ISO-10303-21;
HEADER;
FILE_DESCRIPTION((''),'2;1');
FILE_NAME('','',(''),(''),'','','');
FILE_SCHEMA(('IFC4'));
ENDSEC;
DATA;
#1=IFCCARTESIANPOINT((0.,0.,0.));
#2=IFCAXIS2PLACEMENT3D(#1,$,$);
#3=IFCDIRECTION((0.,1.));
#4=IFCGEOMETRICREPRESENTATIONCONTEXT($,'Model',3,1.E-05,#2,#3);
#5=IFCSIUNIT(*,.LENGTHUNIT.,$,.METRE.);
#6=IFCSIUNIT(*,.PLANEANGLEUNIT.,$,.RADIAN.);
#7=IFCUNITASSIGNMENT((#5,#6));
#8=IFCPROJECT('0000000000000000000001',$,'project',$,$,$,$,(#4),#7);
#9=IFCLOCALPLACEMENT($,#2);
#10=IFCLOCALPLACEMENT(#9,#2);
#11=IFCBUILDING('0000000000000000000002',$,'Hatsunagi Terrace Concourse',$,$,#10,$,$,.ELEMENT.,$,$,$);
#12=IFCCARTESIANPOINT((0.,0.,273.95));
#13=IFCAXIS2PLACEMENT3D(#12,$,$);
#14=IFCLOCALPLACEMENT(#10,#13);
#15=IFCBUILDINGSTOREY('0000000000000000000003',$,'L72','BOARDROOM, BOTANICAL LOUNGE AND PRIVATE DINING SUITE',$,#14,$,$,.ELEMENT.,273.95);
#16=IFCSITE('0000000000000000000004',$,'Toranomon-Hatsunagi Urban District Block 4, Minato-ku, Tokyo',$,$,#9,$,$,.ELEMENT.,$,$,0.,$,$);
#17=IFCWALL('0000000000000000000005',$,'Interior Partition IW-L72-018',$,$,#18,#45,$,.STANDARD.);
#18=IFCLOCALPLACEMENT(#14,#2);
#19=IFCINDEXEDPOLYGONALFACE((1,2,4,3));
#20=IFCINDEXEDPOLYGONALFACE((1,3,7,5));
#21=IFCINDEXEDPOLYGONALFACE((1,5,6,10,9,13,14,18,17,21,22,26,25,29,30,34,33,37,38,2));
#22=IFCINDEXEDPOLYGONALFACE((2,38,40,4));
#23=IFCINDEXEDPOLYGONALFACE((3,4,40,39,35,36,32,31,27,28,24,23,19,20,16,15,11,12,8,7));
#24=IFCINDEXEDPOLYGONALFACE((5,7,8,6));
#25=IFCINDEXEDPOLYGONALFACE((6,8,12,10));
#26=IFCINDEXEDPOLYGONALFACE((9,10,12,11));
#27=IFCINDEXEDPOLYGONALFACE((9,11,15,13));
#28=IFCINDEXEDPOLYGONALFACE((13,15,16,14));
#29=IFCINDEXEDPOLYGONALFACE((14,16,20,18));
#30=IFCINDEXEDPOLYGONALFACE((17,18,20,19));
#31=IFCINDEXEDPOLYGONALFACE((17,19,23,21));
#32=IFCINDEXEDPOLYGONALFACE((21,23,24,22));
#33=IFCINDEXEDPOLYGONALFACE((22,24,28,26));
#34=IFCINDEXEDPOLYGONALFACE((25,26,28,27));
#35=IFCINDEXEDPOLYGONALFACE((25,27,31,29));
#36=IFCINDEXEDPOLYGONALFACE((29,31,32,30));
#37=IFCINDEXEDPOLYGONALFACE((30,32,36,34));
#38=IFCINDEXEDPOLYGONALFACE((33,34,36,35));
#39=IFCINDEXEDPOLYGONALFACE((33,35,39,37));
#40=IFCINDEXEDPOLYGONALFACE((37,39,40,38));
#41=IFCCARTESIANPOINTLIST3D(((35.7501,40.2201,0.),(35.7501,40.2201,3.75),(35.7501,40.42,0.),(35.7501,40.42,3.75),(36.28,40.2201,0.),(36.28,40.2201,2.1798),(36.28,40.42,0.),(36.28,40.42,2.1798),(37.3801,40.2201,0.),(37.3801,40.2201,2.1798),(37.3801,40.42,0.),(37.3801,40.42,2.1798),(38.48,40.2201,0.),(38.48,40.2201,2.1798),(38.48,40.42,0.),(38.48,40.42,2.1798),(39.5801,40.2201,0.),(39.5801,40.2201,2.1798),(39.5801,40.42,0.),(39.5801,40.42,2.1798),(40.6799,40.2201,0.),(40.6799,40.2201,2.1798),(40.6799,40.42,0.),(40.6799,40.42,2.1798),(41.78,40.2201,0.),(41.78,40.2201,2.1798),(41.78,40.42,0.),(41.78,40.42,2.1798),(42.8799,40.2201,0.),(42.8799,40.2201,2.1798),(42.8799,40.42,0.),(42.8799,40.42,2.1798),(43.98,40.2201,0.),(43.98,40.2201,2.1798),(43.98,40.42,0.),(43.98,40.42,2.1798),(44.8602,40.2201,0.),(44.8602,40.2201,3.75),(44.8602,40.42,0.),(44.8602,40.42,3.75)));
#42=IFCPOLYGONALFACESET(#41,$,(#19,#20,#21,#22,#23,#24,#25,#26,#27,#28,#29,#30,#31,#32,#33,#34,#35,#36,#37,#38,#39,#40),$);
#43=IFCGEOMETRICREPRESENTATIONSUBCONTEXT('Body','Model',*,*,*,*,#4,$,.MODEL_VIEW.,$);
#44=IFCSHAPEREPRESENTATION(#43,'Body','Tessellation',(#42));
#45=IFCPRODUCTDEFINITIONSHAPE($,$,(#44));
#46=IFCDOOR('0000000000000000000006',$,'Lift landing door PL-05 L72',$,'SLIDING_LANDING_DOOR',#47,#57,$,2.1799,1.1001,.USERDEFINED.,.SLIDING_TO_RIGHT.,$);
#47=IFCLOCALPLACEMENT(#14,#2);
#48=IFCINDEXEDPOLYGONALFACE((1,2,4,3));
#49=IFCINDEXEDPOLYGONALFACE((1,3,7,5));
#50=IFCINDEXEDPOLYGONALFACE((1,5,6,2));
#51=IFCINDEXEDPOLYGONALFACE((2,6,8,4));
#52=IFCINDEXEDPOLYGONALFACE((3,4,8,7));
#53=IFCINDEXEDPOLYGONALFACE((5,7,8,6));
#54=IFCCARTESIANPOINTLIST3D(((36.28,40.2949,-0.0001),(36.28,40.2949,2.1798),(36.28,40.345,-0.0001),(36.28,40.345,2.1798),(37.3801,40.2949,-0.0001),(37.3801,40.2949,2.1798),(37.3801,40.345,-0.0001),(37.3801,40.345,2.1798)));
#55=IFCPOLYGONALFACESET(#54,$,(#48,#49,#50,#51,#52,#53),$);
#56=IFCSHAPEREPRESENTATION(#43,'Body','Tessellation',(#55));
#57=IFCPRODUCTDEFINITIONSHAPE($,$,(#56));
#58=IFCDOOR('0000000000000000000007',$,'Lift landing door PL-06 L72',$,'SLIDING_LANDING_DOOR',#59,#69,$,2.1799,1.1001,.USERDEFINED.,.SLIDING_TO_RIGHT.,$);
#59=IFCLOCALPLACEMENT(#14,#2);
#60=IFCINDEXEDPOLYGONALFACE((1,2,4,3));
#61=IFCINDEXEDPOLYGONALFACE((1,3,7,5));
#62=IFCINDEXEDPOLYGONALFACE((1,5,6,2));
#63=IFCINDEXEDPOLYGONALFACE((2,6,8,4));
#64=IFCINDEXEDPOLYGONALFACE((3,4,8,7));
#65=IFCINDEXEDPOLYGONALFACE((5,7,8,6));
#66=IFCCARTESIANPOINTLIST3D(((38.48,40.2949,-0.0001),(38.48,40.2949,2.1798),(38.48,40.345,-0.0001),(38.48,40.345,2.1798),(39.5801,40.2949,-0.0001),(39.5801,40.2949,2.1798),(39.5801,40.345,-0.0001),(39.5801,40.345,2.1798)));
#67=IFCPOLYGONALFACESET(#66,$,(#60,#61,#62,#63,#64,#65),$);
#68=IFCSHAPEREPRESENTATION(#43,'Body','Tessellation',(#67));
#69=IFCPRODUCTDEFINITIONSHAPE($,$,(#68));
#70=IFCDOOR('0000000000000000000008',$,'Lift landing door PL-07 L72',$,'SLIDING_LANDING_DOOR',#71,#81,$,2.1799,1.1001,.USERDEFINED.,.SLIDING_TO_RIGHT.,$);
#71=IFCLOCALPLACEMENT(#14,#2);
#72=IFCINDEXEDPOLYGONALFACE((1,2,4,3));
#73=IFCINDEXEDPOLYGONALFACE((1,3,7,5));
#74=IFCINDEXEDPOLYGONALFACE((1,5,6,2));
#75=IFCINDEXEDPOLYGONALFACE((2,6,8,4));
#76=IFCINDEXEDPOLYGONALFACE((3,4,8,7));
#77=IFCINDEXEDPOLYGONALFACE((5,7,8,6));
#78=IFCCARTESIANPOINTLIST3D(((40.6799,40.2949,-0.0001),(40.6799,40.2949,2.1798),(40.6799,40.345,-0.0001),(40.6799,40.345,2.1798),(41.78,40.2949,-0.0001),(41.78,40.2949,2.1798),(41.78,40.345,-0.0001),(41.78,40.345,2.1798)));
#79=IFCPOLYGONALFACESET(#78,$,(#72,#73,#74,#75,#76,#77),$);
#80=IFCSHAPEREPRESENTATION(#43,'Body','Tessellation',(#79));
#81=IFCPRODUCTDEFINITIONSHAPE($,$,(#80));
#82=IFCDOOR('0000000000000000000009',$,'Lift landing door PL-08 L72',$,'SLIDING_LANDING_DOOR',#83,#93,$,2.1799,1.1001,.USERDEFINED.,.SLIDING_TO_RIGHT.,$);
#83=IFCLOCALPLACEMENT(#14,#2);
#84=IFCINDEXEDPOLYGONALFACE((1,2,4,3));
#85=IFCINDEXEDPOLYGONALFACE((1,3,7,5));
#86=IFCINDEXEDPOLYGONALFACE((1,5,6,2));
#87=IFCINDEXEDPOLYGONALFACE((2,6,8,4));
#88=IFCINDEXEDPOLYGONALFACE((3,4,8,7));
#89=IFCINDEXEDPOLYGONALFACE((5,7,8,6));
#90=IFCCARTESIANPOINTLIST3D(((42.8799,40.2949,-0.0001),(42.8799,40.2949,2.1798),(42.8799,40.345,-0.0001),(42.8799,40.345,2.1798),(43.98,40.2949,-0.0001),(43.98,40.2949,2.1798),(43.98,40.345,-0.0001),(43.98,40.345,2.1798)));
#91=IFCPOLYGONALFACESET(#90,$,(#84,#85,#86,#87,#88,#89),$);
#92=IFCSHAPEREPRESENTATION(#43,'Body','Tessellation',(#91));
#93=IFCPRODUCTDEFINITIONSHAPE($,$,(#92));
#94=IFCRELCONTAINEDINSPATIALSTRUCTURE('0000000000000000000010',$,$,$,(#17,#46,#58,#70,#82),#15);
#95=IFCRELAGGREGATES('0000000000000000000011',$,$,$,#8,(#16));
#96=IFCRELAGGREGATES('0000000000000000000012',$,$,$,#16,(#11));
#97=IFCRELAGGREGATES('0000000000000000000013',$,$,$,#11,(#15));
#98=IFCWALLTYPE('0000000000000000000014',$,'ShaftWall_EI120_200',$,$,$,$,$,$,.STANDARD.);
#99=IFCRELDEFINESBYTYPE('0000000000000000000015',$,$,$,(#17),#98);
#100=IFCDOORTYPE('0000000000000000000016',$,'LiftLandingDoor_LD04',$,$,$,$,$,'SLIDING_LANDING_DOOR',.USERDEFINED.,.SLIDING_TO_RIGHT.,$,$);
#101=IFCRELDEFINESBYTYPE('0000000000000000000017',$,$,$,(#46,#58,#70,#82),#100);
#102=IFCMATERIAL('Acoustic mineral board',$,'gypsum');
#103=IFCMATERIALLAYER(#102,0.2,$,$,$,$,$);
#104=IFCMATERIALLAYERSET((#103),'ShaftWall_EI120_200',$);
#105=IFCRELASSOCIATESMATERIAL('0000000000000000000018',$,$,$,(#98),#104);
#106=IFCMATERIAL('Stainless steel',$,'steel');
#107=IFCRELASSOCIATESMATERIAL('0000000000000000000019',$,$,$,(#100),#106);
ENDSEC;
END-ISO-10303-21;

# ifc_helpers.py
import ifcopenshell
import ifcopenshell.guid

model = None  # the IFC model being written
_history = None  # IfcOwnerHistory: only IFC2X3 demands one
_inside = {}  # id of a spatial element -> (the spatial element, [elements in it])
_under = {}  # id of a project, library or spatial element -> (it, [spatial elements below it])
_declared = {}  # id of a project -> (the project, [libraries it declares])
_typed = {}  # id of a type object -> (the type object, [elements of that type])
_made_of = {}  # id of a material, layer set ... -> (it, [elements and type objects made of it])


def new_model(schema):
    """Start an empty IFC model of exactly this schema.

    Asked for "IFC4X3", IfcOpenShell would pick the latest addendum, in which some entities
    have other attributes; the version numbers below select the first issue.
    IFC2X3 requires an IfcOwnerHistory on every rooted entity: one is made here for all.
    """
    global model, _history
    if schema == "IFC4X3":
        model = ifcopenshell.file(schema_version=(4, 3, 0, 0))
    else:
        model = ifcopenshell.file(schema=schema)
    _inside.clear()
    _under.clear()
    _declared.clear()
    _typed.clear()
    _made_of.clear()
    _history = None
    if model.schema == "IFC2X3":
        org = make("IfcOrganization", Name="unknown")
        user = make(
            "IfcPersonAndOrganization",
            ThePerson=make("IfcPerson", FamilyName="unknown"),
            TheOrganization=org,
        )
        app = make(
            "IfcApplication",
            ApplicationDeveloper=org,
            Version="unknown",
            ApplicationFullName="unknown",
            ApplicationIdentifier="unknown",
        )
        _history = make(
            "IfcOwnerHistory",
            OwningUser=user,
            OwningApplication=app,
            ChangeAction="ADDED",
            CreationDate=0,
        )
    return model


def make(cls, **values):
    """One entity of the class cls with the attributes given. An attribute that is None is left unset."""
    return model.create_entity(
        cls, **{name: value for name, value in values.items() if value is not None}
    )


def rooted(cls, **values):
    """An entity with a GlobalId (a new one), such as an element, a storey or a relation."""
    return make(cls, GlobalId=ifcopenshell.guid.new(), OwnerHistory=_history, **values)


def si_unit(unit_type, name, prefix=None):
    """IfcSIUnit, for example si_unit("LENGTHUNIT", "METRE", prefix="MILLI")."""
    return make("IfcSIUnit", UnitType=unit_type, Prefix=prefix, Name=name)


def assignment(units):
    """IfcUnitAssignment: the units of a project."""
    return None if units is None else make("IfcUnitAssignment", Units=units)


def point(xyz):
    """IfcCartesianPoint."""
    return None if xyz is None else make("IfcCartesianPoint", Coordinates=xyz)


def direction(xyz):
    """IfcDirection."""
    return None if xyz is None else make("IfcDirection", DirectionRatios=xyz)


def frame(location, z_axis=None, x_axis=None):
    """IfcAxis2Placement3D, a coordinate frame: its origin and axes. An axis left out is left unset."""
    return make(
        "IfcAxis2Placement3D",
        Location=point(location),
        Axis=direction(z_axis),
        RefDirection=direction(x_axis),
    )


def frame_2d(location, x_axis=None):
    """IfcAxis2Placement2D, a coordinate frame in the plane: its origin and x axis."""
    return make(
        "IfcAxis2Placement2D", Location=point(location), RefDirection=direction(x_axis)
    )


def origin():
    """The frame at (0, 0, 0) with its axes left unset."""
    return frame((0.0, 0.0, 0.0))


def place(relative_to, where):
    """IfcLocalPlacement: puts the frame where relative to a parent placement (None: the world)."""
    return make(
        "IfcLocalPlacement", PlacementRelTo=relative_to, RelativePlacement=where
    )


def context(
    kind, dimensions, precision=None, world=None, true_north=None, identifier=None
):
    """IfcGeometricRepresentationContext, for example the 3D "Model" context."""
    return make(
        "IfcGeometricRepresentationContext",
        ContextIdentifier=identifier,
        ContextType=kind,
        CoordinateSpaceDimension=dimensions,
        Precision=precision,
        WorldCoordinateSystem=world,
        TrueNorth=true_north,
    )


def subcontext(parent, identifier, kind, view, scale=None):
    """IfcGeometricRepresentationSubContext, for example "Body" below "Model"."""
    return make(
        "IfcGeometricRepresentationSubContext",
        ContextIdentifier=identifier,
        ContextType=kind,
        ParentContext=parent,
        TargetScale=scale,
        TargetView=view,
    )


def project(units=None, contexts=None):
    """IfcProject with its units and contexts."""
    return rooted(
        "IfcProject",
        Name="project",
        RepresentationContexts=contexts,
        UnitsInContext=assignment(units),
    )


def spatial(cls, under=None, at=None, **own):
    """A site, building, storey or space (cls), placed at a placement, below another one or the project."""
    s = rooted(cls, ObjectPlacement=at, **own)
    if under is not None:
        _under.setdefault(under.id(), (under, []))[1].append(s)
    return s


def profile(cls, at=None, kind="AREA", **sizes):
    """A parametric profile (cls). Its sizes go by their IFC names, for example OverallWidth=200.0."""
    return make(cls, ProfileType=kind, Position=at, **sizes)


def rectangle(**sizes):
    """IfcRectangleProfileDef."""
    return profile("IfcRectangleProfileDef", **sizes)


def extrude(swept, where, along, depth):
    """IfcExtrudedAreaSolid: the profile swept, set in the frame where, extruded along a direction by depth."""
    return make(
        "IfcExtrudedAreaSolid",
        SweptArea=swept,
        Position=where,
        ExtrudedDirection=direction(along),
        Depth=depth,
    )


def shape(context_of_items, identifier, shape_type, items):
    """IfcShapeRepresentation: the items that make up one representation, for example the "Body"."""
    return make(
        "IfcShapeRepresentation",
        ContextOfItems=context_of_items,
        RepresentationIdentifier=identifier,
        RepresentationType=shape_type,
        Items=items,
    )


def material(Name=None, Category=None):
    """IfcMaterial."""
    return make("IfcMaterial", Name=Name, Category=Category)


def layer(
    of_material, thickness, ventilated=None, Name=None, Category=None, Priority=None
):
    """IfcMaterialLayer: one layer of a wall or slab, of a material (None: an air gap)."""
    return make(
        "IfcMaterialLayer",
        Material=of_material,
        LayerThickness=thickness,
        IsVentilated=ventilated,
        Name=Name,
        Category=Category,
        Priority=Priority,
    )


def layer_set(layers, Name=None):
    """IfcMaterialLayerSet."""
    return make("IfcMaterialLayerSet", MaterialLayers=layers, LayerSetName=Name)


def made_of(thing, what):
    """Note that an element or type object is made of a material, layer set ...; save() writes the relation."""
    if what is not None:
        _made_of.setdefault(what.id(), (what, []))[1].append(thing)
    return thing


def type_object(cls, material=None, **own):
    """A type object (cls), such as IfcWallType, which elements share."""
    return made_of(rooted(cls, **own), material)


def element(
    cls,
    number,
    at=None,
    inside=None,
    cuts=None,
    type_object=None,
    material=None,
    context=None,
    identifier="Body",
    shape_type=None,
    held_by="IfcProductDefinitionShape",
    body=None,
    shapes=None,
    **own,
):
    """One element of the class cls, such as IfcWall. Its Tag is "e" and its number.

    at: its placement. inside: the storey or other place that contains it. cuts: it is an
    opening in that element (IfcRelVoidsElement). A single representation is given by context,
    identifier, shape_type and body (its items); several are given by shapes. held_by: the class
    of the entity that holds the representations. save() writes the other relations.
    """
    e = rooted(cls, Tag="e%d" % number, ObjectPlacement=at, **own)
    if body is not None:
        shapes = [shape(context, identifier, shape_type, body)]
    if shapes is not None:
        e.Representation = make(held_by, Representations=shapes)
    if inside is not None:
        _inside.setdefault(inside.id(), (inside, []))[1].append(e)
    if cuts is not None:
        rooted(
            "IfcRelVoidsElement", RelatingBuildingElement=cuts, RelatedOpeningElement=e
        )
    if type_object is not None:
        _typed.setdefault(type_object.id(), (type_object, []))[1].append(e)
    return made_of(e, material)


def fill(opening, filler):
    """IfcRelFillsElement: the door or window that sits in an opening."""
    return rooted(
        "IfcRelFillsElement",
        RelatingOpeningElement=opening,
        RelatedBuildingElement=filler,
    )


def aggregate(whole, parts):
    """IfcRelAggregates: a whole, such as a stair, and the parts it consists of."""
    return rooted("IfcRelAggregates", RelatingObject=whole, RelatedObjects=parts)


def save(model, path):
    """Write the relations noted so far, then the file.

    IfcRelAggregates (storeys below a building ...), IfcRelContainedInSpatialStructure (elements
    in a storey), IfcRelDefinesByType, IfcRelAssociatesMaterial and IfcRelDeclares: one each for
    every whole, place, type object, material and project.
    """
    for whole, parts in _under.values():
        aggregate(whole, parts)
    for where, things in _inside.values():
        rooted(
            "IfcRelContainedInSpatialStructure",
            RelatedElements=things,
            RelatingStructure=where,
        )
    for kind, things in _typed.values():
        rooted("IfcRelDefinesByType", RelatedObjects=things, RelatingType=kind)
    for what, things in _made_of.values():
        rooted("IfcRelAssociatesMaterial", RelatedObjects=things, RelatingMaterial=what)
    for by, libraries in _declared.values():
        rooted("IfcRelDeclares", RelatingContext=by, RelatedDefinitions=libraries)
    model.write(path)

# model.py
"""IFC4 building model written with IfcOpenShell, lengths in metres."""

from ifc_helpers import new_model, si_unit, direction, frame, frame_2d, origin, place, context, subcontext, project, spatial, rectangle, extrude, material, layer, layer_set, type_object, element, fill, save


model = new_model("IFC4")

# Units and contexts
model_context = context("Model", 3, precision=1e-05, world=origin(), true_north=direction((0.0, 1.0)))
body_context = subcontext(model_context, "Body", "Model", "MODEL_VIEW")
ifc_project = project(units=[si_unit("LENGTHUNIT", "METRE"), si_unit("PLANEANGLEUNIT", "RADIAN")], contexts=[model_context])

# Site, building, storey
site_placement = place(None, origin())
site = spatial("IfcSite", under=ifc_project, at=site_placement, Name="Toranomon-Hatsunagi Urban District Block 4, Minato-ku, Tokyo", CompositionType="ELEMENT", RefElevation=0.0)
building_placement = place(site_placement, origin())
building = spatial("IfcBuilding", under=site, at=building_placement, Name="Hatsunagi Terrace Concourse", CompositionType="ELEMENT")
storey_placement = place(building_placement, frame((0.0, 0.0, 273.95)))
storey = spatial("IfcBuildingStorey", under=building, at=storey_placement, Name="L72", Description="BOARDROOM, BOTANICAL LOUNGE AND PRIVATE DINING SUITE", CompositionType="ELEMENT", Elevation=273.95)

# Shared definitions
ifc_material_1 = material(Name="Acoustic mineral board", Category="gypsum")
ifc_layer_1 = layer(ifc_material_1, 0.2)
ifc_layer_set_1 = layer_set([ifc_layer_1], Name="ShaftWall_EI120_200")
wall_type_1 = type_object("IfcWallType", Name="ShaftWall_EI120_200", PredefinedType="STANDARD", material=ifc_layer_set_1)

# Wall, openings, doors
wall_1_placement = place(storey_placement, frame((35.75, 40.3201, 0.0), z_axis=(0.0, 0.0, 1.0), x_axis=(1.0, 0.0, 0.0)))
wall_1 = element("IfcWall", 1, at=wall_1_placement, inside=storey, type_object=wall_type_1, Name="Interior Partition IW-L72-018", PredefinedType="STANDARD", context=body_context, shape_type="SweptSolid", body=[
    extrude(rectangle(XDim=9.1101, YDim=0.2, at=frame_2d((4.5552, 0.0))), origin(), (0.0, 0.0, 1.0), 3.75),
])
opening_1_placement = place(wall_1_placement, frame((0.53, 0.0, 0.0)))
opening_1 = element("IfcOpeningElement", 2, at=opening_1_placement, cuts=wall_1, PredefinedType="OPENING", context=body_context, shape_type="SweptSolid", body=[
    extrude(rectangle(XDim=1.1001, YDim=2.1799, at=frame_2d((0.55, 1.0898))), frame((0.0, 0.1099, 0.0), z_axis=(0.0, -1.0, 0.0), x_axis=(1.0, 0.0, 0.0)), (0.0, 0.0, 1.0), 0.22),
])
opening_2_placement = place(wall_1_placement, frame((2.73, 0.0, 0.0)))
opening_2 = element("IfcOpeningElement", 3, at=opening_2_placement, cuts=wall_1, PredefinedType="OPENING", context=body_context, shape_type="SweptSolid", body=[
    extrude(rectangle(XDim=1.1001, YDim=2.1799, at=frame_2d((0.55, 1.0898))), frame((0.0, 0.1099, 0.0), z_axis=(0.0, -1.0, 0.0), x_axis=(1.0, 0.0, 0.0)), (0.0, 0.0, 1.0), 0.22),
])
opening_3_placement = place(wall_1_placement, frame((4.9299, 0.0, 0.0)))
opening_3 = element("IfcOpeningElement", 4, at=opening_3_placement, cuts=wall_1, PredefinedType="OPENING", context=body_context, shape_type="SweptSolid", body=[
    extrude(rectangle(XDim=1.1001, YDim=2.1799, at=frame_2d((0.55, 1.0898))), frame((0.0, 0.1099, 0.0), z_axis=(0.0, -1.0, 0.0), x_axis=(1.0, 0.0, 0.0)), (0.0, 0.0, 1.0), 0.22),
])
opening_4_placement = place(wall_1_placement, frame((7.1299, 0.0, 0.0)))
opening_4 = element("IfcOpeningElement", 5, at=opening_4_placement, cuts=wall_1, PredefinedType="OPENING", context=body_context, shape_type="SweptSolid", body=[
    extrude(rectangle(XDim=1.1001, YDim=2.1799, at=frame_2d((0.55, 1.0898))), frame((0.0, 0.1099, 0.0), z_axis=(0.0, -1.0, 0.0), x_axis=(1.0, 0.0, 0.0)), (0.0, 0.0, 1.0), 0.22),
])
ifc_material_2 = material(Name="Stainless steel", Category="steel")
door_type_1 = type_object("IfcDoorType", Name="LiftLandingDoor_LD04", ElementType="SLIDING_LANDING_DOOR", OperationType="SLIDING_TO_RIGHT", PredefinedType="USERDEFINED", material=ifc_material_2)
door_1_placement = place(opening_1_placement, origin())
door_1 = element("IfcDoor", 6, at=door_1_placement, inside=storey, type_object=door_type_1, Name="Lift landing door PL-05 L72", ObjectType="SLIDING_LANDING_DOOR", OperationType="SLIDING_TO_RIGHT", OverallHeight=2.1799, OverallWidth=1.1001, PredefinedType="USERDEFINED", context=body_context, shape_type="SweptSolid", body=[
    extrude(rectangle(XDim=1.1001, YDim=2.1799, at=frame_2d((0.55, 1.0898))), frame((0.0, 0.0249, 0.0), z_axis=(0.0, -1.0, 0.0), x_axis=(1.0, 0.0, 0.0)), (0.0, 0.0, 1.0), 0.05),
])
fill(opening_1, door_1)
door_2_placement = place(opening_2_placement, origin())
door_2 = element("IfcDoor", 7, at=door_2_placement, inside=storey, type_object=door_type_1, Name="Lift landing door PL-06 L72", ObjectType="SLIDING_LANDING_DOOR", OperationType="SLIDING_TO_RIGHT", OverallHeight=2.1799, OverallWidth=1.1001, PredefinedType="USERDEFINED", context=body_context, shape_type="SweptSolid", body=[
    extrude(rectangle(XDim=1.1001, YDim=2.1799, at=frame_2d((0.55, 1.0898))), frame((0.0, 0.0249, 0.0), z_axis=(0.0, -1.0, 0.0), x_axis=(1.0, 0.0, 0.0)), (0.0, 0.0, 1.0), 0.05),
])
fill(opening_2, door_2)
door_3_placement = place(opening_3_placement, origin())
door_3 = element("IfcDoor", 8, at=door_3_placement, inside=storey, type_object=door_type_1, Name="Lift landing door PL-07 L72", ObjectType="SLIDING_LANDING_DOOR", OperationType="SLIDING_TO_RIGHT", OverallHeight=2.1799, OverallWidth=1.1001, PredefinedType="USERDEFINED", context=body_context, shape_type="SweptSolid", body=[
    extrude(rectangle(XDim=1.1001, YDim=2.1799, at=frame_2d((0.55, 1.0898))), frame((0.0, 0.0249, 0.0), z_axis=(0.0, -1.0, 0.0), x_axis=(1.0, 0.0, 0.0)), (0.0, 0.0, 1.0), 0.05),
])
fill(opening_3, door_3)
door_4_placement = place(opening_4_placement, origin())
door_4 = element("IfcDoor", 9, at=door_4_placement, inside=storey, type_object=door_type_1, Name="Lift landing door PL-08 L72", ObjectType="SLIDING_LANDING_DOOR", OperationType="SLIDING_TO_RIGHT", OverallHeight=2.1799, OverallWidth=1.1001, PredefinedType="USERDEFINED", context=body_context, shape_type="SweptSolid", body=[
    extrude(rectangle(XDim=1.1001, YDim=2.1799, at=frame_2d((0.55, 1.0898))), frame((0.0, 0.0249, 0.0), z_axis=(0.0, -1.0, 0.0), x_axis=(1.0, 0.0, 0.0)), (0.0, 0.0, 1.0), 0.05),
])
fill(opening_4, door_4)

save(model, "model.ifc")
